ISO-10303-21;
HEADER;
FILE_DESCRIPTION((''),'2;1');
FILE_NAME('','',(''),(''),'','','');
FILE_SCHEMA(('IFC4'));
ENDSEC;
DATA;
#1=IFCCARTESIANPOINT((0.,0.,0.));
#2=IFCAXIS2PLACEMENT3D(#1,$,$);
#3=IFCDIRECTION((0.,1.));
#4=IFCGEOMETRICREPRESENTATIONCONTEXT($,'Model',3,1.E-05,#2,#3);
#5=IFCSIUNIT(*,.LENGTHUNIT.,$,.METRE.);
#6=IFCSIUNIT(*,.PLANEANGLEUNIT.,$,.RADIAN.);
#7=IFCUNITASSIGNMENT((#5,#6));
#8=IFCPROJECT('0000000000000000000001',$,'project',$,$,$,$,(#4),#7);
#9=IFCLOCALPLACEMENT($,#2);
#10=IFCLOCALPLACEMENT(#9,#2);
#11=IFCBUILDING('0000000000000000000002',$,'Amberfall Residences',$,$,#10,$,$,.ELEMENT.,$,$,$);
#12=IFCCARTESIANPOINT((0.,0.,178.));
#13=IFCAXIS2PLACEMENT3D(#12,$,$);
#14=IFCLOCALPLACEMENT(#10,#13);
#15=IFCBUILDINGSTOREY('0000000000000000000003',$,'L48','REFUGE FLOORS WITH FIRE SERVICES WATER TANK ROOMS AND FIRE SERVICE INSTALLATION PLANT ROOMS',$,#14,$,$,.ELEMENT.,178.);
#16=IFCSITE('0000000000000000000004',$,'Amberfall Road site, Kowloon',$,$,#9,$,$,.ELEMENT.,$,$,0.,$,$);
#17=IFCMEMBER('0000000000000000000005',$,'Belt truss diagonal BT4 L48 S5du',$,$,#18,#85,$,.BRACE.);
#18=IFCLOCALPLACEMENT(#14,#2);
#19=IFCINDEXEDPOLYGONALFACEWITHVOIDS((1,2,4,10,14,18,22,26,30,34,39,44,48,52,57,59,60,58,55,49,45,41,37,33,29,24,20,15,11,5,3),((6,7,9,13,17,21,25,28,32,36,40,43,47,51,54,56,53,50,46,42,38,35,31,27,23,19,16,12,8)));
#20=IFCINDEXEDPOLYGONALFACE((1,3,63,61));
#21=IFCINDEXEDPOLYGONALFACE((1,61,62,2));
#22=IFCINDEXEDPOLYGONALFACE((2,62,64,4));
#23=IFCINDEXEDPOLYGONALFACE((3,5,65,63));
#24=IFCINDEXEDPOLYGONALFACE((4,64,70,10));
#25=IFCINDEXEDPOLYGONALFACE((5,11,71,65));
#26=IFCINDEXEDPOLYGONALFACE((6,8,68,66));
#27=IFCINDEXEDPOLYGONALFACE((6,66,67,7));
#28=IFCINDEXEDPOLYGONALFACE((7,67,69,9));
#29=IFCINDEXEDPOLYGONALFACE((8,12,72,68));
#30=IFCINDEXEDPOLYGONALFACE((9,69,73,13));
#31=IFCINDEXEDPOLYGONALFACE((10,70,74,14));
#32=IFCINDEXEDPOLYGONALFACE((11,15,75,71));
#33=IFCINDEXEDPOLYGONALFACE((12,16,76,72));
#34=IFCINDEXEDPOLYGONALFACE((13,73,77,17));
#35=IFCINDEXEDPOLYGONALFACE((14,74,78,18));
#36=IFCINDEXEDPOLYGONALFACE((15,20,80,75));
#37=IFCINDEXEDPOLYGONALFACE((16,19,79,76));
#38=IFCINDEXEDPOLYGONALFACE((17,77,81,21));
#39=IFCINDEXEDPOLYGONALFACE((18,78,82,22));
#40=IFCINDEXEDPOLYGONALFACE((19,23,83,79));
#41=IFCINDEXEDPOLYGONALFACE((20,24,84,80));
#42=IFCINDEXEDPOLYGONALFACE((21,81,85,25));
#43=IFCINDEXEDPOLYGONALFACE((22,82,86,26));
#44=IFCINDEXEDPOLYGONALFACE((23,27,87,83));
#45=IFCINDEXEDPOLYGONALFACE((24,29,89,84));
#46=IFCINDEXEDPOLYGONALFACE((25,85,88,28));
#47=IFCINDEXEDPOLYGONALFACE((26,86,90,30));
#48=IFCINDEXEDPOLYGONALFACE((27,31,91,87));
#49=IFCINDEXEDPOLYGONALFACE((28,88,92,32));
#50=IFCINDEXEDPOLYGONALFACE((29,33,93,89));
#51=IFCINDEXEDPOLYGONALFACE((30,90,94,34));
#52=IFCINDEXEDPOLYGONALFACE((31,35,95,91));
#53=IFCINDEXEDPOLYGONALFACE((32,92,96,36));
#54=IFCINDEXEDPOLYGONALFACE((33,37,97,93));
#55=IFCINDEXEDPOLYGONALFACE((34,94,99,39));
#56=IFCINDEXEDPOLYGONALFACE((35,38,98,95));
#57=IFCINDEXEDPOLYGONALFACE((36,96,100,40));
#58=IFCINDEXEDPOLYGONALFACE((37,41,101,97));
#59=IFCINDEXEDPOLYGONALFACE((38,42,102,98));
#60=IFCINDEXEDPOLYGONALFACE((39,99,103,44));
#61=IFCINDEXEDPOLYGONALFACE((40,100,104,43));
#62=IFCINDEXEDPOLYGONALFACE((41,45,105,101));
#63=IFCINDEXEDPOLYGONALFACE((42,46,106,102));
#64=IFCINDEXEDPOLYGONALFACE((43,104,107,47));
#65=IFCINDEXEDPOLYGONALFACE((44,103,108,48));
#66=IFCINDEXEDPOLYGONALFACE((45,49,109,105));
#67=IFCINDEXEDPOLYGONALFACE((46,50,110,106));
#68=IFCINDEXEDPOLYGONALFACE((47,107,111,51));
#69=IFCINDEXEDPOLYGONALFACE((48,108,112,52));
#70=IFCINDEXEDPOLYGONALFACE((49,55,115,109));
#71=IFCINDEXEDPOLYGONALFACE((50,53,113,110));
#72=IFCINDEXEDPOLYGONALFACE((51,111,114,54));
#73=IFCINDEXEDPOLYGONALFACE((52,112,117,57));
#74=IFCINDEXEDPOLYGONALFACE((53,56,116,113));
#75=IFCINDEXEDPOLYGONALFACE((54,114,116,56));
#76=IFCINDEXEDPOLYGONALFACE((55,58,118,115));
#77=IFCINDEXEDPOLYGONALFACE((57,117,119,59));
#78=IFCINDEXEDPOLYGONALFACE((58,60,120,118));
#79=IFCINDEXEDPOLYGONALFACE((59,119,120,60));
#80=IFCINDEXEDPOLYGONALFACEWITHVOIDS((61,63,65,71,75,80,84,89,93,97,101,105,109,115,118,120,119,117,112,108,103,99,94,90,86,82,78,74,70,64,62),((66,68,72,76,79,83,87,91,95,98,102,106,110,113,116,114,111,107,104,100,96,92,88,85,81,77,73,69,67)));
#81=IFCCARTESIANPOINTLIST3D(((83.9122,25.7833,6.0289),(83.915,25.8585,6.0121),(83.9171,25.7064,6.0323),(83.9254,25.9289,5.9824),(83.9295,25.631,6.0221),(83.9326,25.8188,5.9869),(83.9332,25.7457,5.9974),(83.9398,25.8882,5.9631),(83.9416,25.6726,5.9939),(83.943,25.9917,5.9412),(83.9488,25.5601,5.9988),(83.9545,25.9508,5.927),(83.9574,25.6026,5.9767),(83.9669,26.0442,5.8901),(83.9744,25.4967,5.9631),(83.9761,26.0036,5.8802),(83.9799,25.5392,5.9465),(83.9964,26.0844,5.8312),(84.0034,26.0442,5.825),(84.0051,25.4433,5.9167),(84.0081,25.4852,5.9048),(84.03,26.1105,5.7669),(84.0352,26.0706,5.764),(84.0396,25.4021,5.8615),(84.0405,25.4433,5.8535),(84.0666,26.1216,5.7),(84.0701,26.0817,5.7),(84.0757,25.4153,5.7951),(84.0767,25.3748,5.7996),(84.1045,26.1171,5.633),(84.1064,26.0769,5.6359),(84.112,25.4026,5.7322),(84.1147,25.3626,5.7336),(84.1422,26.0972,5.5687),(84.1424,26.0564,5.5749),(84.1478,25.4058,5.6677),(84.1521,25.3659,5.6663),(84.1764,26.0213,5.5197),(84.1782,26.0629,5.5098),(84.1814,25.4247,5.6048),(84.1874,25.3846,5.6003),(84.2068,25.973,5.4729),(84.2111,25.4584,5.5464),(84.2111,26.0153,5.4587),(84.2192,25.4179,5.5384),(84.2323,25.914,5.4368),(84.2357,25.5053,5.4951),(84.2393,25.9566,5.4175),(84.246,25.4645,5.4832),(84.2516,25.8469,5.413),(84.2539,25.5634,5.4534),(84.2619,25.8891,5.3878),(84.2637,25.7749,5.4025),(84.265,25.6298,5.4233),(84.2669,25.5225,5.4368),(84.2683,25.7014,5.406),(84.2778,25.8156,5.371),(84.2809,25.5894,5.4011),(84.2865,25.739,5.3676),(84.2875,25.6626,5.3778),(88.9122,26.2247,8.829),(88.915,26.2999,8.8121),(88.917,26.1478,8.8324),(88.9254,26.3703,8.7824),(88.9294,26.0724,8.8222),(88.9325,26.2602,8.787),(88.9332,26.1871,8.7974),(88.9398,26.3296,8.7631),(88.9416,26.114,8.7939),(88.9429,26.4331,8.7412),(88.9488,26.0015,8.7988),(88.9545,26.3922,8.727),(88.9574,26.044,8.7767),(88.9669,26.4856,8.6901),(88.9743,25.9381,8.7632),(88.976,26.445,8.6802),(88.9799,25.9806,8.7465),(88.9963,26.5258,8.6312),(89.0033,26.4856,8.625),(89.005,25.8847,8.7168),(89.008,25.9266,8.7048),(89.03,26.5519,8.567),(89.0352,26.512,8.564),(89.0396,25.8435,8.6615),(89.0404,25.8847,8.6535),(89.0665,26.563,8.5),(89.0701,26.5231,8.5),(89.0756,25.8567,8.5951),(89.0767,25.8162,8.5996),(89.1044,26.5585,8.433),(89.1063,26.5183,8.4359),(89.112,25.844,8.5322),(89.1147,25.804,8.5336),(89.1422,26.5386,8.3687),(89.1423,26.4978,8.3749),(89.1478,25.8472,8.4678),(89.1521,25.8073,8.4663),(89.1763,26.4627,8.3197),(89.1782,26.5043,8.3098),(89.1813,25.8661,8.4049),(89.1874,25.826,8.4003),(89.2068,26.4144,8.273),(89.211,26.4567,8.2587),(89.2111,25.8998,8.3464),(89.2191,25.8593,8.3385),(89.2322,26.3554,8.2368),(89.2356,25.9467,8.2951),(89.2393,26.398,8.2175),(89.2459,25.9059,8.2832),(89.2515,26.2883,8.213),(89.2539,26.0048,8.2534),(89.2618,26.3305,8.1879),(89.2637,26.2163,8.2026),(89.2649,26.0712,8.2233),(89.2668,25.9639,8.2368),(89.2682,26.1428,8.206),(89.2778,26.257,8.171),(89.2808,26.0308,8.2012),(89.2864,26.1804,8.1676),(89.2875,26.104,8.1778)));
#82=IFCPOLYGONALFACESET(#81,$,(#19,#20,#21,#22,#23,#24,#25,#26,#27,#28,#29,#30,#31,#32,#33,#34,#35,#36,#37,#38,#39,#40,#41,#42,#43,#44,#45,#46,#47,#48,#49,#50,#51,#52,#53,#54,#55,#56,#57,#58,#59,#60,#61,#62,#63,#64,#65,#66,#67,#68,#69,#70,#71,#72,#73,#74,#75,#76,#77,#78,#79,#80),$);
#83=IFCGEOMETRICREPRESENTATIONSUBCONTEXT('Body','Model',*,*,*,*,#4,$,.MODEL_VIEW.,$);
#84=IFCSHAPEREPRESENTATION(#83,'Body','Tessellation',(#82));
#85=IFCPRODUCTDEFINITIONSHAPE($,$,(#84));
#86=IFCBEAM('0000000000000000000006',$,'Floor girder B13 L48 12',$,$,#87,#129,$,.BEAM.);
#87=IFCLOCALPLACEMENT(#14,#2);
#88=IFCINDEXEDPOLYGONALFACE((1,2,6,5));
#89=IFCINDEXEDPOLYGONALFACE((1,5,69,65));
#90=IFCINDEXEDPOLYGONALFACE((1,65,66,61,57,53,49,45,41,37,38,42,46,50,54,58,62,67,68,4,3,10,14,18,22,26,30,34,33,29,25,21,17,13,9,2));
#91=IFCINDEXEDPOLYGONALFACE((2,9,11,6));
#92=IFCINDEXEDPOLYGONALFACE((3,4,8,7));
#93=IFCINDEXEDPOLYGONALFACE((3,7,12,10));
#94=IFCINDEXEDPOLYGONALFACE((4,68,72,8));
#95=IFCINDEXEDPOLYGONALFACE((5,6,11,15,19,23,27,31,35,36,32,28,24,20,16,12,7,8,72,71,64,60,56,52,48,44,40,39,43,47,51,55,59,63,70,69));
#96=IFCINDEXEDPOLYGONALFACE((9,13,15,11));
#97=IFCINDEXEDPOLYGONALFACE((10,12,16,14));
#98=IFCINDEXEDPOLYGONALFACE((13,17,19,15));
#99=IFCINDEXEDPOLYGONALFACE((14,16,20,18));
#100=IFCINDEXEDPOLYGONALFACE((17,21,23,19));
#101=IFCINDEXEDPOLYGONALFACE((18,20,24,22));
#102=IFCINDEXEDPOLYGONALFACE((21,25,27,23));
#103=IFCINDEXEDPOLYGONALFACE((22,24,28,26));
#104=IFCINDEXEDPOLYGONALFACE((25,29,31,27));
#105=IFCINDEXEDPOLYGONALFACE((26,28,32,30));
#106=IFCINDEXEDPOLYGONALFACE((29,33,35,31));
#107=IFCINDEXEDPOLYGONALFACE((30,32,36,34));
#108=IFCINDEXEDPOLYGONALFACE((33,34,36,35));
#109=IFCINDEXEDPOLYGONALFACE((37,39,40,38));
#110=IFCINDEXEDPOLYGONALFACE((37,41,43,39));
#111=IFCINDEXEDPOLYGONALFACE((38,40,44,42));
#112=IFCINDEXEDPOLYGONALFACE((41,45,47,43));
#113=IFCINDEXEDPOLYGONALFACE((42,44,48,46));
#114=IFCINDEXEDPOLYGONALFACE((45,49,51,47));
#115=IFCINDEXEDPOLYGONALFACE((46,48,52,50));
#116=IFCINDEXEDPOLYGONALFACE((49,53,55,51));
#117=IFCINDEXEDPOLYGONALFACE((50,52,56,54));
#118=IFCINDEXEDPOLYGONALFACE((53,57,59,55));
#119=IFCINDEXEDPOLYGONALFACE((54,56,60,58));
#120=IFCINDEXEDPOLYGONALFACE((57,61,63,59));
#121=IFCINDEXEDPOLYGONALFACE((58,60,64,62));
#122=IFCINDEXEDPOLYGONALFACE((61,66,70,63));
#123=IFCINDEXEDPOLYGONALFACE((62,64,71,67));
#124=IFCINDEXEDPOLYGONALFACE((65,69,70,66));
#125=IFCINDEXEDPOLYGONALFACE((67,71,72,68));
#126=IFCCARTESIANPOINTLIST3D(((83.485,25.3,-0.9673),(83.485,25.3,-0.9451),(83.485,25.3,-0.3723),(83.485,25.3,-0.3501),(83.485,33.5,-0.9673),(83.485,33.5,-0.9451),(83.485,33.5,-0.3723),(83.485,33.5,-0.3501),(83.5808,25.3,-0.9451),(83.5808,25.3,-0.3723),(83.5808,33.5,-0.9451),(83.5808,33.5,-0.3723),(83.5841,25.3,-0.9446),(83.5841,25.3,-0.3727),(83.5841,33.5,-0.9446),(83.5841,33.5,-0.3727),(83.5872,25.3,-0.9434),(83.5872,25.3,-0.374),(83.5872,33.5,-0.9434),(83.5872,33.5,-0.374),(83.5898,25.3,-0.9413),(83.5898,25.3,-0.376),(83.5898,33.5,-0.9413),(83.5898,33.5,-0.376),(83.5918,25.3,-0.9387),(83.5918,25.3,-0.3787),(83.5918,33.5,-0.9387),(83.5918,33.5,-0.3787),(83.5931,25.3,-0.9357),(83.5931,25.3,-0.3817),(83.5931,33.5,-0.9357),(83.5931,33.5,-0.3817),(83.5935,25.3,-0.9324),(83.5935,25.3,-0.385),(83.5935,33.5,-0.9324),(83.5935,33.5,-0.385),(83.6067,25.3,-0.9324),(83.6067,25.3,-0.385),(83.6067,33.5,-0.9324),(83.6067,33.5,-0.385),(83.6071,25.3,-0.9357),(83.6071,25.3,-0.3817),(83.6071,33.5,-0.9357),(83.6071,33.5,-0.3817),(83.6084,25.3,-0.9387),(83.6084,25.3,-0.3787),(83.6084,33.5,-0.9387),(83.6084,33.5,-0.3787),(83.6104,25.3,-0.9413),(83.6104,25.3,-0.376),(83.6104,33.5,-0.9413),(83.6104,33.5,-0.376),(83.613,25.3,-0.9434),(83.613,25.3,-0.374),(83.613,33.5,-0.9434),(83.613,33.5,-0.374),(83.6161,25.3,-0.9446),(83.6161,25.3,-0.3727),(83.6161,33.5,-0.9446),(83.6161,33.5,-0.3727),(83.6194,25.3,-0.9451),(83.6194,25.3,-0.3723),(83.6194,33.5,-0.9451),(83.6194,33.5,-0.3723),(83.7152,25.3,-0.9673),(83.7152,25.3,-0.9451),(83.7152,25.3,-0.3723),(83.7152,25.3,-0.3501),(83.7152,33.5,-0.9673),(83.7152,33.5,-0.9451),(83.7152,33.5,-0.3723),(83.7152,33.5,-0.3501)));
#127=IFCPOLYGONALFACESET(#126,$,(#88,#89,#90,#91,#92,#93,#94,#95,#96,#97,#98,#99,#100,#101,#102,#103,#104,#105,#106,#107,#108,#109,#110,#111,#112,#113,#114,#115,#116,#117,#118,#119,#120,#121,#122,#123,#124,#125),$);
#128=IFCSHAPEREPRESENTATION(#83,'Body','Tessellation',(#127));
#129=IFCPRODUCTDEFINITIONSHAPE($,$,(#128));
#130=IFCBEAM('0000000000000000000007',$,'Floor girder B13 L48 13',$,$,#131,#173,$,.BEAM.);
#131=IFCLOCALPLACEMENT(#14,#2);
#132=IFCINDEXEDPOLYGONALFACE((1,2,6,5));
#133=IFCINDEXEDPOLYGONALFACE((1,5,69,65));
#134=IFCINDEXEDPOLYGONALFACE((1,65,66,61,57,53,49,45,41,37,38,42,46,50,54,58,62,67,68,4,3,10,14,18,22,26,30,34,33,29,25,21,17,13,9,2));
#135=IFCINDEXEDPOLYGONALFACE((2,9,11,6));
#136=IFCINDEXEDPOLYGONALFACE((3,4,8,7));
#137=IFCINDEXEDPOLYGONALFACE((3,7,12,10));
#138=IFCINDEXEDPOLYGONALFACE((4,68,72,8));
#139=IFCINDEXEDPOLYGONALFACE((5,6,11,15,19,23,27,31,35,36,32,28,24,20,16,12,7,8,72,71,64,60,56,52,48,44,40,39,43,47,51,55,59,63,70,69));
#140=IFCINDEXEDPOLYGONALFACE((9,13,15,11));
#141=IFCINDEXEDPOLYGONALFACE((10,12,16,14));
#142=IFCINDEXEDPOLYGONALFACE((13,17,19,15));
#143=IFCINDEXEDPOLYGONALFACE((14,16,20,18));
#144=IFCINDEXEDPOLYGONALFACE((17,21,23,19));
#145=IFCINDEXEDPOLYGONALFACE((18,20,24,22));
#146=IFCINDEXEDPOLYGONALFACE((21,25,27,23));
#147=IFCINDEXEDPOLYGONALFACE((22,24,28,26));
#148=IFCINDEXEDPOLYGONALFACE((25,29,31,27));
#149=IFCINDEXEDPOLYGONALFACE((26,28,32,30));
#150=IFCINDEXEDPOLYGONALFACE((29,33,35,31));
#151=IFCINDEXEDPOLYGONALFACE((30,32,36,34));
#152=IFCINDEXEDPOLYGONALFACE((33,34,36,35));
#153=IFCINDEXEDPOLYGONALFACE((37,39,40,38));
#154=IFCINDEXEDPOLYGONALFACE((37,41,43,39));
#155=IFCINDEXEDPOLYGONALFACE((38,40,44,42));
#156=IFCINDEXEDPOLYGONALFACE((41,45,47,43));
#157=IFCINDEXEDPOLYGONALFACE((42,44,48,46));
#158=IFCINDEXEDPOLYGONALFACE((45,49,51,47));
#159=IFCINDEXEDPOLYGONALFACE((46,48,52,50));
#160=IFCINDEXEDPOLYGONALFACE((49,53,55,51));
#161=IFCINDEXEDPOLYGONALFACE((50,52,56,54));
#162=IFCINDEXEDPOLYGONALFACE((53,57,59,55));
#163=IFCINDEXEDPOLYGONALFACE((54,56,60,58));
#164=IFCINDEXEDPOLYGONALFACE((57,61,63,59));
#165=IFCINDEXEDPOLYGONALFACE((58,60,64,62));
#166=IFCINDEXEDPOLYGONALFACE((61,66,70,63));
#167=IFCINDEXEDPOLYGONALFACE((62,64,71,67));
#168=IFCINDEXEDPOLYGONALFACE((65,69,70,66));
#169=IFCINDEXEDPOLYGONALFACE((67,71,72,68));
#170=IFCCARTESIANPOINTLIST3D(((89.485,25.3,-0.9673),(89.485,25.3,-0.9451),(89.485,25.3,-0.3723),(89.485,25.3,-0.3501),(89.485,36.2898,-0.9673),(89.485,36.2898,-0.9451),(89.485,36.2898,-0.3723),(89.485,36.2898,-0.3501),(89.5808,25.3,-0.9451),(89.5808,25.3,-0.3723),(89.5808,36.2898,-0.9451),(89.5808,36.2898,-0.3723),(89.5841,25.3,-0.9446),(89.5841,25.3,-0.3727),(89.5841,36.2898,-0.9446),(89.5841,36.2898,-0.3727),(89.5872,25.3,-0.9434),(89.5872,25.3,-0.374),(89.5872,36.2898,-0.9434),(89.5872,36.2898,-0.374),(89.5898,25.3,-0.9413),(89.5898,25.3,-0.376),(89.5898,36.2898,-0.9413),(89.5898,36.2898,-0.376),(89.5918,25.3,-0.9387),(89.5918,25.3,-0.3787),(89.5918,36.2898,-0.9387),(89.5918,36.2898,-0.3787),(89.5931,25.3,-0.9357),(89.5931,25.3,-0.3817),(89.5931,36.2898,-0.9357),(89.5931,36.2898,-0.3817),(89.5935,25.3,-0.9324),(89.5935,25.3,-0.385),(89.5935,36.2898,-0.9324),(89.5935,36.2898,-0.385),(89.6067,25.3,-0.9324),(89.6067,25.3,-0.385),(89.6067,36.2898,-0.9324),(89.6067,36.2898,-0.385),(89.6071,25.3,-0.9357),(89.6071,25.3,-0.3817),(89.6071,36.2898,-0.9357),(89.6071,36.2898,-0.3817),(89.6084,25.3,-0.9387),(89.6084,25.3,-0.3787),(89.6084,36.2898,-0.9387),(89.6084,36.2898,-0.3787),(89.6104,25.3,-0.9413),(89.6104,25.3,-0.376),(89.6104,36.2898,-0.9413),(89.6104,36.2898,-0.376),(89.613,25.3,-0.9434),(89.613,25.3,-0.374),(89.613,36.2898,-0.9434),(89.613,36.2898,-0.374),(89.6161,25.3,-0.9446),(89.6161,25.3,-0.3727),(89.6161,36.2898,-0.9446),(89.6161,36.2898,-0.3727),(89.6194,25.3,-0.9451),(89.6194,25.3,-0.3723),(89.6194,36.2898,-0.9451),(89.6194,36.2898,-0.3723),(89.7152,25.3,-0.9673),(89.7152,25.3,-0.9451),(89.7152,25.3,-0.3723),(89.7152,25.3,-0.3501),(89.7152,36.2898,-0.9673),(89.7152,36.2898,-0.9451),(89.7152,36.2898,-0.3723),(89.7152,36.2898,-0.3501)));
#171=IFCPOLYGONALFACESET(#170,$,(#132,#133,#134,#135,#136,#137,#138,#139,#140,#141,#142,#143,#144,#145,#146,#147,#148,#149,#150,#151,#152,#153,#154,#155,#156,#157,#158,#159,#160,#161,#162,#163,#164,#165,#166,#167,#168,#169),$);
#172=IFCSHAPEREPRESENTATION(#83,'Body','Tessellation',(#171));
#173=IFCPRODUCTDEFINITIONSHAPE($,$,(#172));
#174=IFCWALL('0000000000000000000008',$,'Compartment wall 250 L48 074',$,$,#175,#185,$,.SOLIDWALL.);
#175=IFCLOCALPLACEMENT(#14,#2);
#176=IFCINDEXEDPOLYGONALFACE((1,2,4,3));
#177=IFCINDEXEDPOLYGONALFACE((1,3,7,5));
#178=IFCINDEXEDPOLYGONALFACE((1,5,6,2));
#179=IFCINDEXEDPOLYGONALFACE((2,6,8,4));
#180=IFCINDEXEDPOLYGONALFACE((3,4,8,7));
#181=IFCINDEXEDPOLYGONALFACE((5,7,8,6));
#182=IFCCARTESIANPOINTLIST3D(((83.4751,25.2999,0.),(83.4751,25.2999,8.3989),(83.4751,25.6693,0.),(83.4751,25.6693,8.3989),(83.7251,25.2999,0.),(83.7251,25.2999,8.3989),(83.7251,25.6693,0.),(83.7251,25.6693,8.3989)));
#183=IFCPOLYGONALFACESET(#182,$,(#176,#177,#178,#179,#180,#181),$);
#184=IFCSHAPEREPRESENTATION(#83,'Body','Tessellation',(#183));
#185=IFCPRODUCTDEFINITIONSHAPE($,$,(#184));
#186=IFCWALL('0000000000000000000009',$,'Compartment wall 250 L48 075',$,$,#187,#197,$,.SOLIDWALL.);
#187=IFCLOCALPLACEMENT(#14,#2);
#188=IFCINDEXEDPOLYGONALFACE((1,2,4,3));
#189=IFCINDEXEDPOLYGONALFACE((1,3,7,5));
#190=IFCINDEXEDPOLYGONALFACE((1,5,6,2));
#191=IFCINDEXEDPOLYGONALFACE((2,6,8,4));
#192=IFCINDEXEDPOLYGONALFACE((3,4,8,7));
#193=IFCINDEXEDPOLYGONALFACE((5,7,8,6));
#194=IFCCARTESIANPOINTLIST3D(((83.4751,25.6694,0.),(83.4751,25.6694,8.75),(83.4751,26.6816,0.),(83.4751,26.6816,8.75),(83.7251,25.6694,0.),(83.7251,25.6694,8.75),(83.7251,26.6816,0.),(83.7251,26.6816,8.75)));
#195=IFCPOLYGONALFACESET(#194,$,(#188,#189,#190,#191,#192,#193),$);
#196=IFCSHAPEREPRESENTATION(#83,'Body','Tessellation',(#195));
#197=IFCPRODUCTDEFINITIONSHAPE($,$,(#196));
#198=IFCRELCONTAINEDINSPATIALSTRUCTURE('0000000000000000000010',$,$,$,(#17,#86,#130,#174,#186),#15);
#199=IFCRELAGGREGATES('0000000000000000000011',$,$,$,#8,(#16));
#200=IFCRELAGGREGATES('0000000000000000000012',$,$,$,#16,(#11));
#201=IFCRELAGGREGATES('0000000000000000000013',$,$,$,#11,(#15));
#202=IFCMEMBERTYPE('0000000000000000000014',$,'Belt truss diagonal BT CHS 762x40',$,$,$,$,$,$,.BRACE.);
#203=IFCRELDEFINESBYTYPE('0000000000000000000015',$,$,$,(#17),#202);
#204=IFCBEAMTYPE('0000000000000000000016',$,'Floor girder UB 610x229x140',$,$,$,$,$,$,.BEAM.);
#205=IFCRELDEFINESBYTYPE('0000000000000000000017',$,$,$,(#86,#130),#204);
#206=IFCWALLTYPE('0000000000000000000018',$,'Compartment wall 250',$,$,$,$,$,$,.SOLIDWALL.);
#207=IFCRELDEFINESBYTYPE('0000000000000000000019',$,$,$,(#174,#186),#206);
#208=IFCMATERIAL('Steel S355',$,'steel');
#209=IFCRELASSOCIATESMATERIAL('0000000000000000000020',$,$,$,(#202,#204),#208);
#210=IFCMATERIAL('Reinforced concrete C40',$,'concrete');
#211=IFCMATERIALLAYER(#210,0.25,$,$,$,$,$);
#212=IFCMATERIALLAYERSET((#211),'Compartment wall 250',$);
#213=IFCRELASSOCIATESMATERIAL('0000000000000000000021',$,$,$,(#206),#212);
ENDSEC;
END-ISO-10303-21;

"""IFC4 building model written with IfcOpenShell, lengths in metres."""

from ifc_helpers import new_model, si_unit, direction, frame, frame_2d, origin, origin_2d, place, context, subcontext, project, spatial, rectangle, hollow_circle, i_section, extrude, material, layer, layer_set, material_profile, profile_set, type_object, element, save


model = new_model("IFC4")

# Units and contexts
model_context = context("Model", 3, precision=1e-05, world=origin(), true_north=direction((0.0, 1.0)))
body_context = subcontext(model_context, "Body", "Model", "MODEL_VIEW")
ifc_project = project(units=[si_unit("LENGTHUNIT", "METRE"), si_unit("PLANEANGLEUNIT", "RADIAN")], contexts=[model_context])

# Site, building, storey
site_placement = place(None, origin())
site = spatial("IfcSite", under=ifc_project, at=site_placement, Name="Amberfall Road site, Kowloon", CompositionType="ELEMENT", RefElevation=0.0)
building_placement = place(site_placement, origin())
building = spatial("IfcBuilding", under=site, at=building_placement, Name="Amberfall Residences", CompositionType="ELEMENT")
storey_placement = place(building_placement, frame((0.0, 0.0, 178.0)))
storey = spatial("IfcBuildingStorey", under=building, at=storey_placement, Name="L48", Description="REFUGE FLOORS WITH FIRE SERVICES WATER TANK ROOMS AND FIRE SERVICE INSTALLATION PLANT ROOMS", CompositionType="ELEMENT", Elevation=178.0)

# Shared definitions
ifc_material_1 = material(Name="Steel S355", Category="steel")

# Member
ifc_material_profile_1 = material_profile(ifc_material_1, hollow_circle(Radius=0.3811, WallThickness=0.04, at=origin_2d()), Name="CHS 762x40")
ifc_profile_set_1 = profile_set([ifc_material_profile_1], Name="Steel S355")
member_type = type_object("IfcMemberType", Name="Belt truss diagonal BT CHS 762x40", PredefinedType="BRACE", material=ifc_profile_set_1)
member_1_placement = place(storey_placement, frame((84.1001, 25.7419, 5.7), z_axis=(0.869926, 0.076798, 0.487167), x_axis=(-0.087939, 0.996126, 0.0)))
element("IfcMember", 1, at=member_1_placement, inside=storey, type_object=member_type, Name="Belt truss diagonal BT4 L48 S5du", PredefinedType="BRACE", context=body_context, shape_type="SweptSolid", body=[
    extrude(hollow_circle(Radius=0.3811, WallThickness=0.04, at=origin_2d()), origin(), (0.0, 0.0, 1.0), 5.7476),
])

# Beams
ifc_material_profile_2 = material_profile(ifc_material_1, i_section(OverallWidth=0.2302, OverallDepth=0.6172, WebThickness=0.0132, FlangeThickness=0.0222, FilletRadius=0.0127, at=origin_2d()), Name="UB 610x229x140")
ifc_profile_set_2 = profile_set([ifc_material_profile_2], Name="Steel S355")
beam_type_1 = type_object("IfcBeamType", Name="Floor girder UB 610x229x140", PredefinedType="BEAM", material=ifc_profile_set_2)
beam_1_placement = place(storey_placement, frame((83.6001, 25.3, -0.6587), z_axis=(0.0, 1.0, 0.0), x_axis=(-1.0, 0.0, 0.0)))
element("IfcBeam", 2, at=beam_1_placement, inside=storey, type_object=beam_type_1, Name="Floor girder B13 L48 12", PredefinedType="BEAM", context=body_context, shape_type="SweptSolid", body=[
    extrude(i_section(OverallWidth=0.2302, OverallDepth=0.6172, WebThickness=0.0132, FlangeThickness=0.0222, FilletRadius=0.0127, at=origin_2d()), origin(), (0.0, 0.0, 1.0), 8.2),
])
beam_2_placement = place(storey_placement, frame((89.6001, 25.3, -0.6587), z_axis=(0.0, 1.0, 0.0), x_axis=(-1.0, 0.0, 0.0)))
element("IfcBeam", 3, at=beam_2_placement, inside=storey, type_object=beam_type_1, Name="Floor girder B13 L48 13", PredefinedType="BEAM", context=body_context, shape_type="SweptSolid", body=[
    extrude(i_section(OverallWidth=0.2302, OverallDepth=0.6172, WebThickness=0.0132, FlangeThickness=0.0222, FilletRadius=0.0127, at=origin_2d()), origin(), (0.0, 0.0, 1.0), 10.9897),
])

# Walls
ifc_material_2 = material(Name="Reinforced concrete C40", Category="concrete")
ifc_layer = layer(ifc_material_2, 0.25)
ifc_layer_set = layer_set([ifc_layer], Name="Compartment wall 250")
wall_type = type_object("IfcWallType", Name="Compartment wall 250", PredefinedType="SOLIDWALL", material=ifc_layer_set)
wall_1_placement = place(storey_placement, frame((83.6001, 25.3, 0.0), z_axis=(0.0, 0.0, 1.0), x_axis=(0.0, 1.0, 0.0)))
element("IfcWall", 4, at=wall_1_placement, inside=storey, type_object=wall_type, Name="Compartment wall 250 L48 074", PredefinedType="SOLIDWALL", context=body_context, shape_type="SweptSolid", body=[
    extrude(rectangle(XDim=0.3694, YDim=0.25, at=frame_2d((0.1846, 0.0))), origin(), (0.0, 0.0, 1.0), 8.3989),
])
wall_2_placement = place(storey_placement, frame((83.6001, 25.6694, 0.0), z_axis=(0.0, 0.0, 1.0), x_axis=(0.0, 1.0, 0.0)))
element("IfcWall", 5, at=wall_2_placement, inside=storey, type_object=wall_type, Name="Compartment wall 250 L48 075", PredefinedType="SOLIDWALL", context=body_context, shape_type="SweptSolid", body=[
    extrude(rectangle(XDim=1.0122, YDim=0.25, at=frame_2d((0.5061, 0.0))), origin(), (0.0, 0.0, 1.0), 8.75),
])

save(model, "model.ifc")
